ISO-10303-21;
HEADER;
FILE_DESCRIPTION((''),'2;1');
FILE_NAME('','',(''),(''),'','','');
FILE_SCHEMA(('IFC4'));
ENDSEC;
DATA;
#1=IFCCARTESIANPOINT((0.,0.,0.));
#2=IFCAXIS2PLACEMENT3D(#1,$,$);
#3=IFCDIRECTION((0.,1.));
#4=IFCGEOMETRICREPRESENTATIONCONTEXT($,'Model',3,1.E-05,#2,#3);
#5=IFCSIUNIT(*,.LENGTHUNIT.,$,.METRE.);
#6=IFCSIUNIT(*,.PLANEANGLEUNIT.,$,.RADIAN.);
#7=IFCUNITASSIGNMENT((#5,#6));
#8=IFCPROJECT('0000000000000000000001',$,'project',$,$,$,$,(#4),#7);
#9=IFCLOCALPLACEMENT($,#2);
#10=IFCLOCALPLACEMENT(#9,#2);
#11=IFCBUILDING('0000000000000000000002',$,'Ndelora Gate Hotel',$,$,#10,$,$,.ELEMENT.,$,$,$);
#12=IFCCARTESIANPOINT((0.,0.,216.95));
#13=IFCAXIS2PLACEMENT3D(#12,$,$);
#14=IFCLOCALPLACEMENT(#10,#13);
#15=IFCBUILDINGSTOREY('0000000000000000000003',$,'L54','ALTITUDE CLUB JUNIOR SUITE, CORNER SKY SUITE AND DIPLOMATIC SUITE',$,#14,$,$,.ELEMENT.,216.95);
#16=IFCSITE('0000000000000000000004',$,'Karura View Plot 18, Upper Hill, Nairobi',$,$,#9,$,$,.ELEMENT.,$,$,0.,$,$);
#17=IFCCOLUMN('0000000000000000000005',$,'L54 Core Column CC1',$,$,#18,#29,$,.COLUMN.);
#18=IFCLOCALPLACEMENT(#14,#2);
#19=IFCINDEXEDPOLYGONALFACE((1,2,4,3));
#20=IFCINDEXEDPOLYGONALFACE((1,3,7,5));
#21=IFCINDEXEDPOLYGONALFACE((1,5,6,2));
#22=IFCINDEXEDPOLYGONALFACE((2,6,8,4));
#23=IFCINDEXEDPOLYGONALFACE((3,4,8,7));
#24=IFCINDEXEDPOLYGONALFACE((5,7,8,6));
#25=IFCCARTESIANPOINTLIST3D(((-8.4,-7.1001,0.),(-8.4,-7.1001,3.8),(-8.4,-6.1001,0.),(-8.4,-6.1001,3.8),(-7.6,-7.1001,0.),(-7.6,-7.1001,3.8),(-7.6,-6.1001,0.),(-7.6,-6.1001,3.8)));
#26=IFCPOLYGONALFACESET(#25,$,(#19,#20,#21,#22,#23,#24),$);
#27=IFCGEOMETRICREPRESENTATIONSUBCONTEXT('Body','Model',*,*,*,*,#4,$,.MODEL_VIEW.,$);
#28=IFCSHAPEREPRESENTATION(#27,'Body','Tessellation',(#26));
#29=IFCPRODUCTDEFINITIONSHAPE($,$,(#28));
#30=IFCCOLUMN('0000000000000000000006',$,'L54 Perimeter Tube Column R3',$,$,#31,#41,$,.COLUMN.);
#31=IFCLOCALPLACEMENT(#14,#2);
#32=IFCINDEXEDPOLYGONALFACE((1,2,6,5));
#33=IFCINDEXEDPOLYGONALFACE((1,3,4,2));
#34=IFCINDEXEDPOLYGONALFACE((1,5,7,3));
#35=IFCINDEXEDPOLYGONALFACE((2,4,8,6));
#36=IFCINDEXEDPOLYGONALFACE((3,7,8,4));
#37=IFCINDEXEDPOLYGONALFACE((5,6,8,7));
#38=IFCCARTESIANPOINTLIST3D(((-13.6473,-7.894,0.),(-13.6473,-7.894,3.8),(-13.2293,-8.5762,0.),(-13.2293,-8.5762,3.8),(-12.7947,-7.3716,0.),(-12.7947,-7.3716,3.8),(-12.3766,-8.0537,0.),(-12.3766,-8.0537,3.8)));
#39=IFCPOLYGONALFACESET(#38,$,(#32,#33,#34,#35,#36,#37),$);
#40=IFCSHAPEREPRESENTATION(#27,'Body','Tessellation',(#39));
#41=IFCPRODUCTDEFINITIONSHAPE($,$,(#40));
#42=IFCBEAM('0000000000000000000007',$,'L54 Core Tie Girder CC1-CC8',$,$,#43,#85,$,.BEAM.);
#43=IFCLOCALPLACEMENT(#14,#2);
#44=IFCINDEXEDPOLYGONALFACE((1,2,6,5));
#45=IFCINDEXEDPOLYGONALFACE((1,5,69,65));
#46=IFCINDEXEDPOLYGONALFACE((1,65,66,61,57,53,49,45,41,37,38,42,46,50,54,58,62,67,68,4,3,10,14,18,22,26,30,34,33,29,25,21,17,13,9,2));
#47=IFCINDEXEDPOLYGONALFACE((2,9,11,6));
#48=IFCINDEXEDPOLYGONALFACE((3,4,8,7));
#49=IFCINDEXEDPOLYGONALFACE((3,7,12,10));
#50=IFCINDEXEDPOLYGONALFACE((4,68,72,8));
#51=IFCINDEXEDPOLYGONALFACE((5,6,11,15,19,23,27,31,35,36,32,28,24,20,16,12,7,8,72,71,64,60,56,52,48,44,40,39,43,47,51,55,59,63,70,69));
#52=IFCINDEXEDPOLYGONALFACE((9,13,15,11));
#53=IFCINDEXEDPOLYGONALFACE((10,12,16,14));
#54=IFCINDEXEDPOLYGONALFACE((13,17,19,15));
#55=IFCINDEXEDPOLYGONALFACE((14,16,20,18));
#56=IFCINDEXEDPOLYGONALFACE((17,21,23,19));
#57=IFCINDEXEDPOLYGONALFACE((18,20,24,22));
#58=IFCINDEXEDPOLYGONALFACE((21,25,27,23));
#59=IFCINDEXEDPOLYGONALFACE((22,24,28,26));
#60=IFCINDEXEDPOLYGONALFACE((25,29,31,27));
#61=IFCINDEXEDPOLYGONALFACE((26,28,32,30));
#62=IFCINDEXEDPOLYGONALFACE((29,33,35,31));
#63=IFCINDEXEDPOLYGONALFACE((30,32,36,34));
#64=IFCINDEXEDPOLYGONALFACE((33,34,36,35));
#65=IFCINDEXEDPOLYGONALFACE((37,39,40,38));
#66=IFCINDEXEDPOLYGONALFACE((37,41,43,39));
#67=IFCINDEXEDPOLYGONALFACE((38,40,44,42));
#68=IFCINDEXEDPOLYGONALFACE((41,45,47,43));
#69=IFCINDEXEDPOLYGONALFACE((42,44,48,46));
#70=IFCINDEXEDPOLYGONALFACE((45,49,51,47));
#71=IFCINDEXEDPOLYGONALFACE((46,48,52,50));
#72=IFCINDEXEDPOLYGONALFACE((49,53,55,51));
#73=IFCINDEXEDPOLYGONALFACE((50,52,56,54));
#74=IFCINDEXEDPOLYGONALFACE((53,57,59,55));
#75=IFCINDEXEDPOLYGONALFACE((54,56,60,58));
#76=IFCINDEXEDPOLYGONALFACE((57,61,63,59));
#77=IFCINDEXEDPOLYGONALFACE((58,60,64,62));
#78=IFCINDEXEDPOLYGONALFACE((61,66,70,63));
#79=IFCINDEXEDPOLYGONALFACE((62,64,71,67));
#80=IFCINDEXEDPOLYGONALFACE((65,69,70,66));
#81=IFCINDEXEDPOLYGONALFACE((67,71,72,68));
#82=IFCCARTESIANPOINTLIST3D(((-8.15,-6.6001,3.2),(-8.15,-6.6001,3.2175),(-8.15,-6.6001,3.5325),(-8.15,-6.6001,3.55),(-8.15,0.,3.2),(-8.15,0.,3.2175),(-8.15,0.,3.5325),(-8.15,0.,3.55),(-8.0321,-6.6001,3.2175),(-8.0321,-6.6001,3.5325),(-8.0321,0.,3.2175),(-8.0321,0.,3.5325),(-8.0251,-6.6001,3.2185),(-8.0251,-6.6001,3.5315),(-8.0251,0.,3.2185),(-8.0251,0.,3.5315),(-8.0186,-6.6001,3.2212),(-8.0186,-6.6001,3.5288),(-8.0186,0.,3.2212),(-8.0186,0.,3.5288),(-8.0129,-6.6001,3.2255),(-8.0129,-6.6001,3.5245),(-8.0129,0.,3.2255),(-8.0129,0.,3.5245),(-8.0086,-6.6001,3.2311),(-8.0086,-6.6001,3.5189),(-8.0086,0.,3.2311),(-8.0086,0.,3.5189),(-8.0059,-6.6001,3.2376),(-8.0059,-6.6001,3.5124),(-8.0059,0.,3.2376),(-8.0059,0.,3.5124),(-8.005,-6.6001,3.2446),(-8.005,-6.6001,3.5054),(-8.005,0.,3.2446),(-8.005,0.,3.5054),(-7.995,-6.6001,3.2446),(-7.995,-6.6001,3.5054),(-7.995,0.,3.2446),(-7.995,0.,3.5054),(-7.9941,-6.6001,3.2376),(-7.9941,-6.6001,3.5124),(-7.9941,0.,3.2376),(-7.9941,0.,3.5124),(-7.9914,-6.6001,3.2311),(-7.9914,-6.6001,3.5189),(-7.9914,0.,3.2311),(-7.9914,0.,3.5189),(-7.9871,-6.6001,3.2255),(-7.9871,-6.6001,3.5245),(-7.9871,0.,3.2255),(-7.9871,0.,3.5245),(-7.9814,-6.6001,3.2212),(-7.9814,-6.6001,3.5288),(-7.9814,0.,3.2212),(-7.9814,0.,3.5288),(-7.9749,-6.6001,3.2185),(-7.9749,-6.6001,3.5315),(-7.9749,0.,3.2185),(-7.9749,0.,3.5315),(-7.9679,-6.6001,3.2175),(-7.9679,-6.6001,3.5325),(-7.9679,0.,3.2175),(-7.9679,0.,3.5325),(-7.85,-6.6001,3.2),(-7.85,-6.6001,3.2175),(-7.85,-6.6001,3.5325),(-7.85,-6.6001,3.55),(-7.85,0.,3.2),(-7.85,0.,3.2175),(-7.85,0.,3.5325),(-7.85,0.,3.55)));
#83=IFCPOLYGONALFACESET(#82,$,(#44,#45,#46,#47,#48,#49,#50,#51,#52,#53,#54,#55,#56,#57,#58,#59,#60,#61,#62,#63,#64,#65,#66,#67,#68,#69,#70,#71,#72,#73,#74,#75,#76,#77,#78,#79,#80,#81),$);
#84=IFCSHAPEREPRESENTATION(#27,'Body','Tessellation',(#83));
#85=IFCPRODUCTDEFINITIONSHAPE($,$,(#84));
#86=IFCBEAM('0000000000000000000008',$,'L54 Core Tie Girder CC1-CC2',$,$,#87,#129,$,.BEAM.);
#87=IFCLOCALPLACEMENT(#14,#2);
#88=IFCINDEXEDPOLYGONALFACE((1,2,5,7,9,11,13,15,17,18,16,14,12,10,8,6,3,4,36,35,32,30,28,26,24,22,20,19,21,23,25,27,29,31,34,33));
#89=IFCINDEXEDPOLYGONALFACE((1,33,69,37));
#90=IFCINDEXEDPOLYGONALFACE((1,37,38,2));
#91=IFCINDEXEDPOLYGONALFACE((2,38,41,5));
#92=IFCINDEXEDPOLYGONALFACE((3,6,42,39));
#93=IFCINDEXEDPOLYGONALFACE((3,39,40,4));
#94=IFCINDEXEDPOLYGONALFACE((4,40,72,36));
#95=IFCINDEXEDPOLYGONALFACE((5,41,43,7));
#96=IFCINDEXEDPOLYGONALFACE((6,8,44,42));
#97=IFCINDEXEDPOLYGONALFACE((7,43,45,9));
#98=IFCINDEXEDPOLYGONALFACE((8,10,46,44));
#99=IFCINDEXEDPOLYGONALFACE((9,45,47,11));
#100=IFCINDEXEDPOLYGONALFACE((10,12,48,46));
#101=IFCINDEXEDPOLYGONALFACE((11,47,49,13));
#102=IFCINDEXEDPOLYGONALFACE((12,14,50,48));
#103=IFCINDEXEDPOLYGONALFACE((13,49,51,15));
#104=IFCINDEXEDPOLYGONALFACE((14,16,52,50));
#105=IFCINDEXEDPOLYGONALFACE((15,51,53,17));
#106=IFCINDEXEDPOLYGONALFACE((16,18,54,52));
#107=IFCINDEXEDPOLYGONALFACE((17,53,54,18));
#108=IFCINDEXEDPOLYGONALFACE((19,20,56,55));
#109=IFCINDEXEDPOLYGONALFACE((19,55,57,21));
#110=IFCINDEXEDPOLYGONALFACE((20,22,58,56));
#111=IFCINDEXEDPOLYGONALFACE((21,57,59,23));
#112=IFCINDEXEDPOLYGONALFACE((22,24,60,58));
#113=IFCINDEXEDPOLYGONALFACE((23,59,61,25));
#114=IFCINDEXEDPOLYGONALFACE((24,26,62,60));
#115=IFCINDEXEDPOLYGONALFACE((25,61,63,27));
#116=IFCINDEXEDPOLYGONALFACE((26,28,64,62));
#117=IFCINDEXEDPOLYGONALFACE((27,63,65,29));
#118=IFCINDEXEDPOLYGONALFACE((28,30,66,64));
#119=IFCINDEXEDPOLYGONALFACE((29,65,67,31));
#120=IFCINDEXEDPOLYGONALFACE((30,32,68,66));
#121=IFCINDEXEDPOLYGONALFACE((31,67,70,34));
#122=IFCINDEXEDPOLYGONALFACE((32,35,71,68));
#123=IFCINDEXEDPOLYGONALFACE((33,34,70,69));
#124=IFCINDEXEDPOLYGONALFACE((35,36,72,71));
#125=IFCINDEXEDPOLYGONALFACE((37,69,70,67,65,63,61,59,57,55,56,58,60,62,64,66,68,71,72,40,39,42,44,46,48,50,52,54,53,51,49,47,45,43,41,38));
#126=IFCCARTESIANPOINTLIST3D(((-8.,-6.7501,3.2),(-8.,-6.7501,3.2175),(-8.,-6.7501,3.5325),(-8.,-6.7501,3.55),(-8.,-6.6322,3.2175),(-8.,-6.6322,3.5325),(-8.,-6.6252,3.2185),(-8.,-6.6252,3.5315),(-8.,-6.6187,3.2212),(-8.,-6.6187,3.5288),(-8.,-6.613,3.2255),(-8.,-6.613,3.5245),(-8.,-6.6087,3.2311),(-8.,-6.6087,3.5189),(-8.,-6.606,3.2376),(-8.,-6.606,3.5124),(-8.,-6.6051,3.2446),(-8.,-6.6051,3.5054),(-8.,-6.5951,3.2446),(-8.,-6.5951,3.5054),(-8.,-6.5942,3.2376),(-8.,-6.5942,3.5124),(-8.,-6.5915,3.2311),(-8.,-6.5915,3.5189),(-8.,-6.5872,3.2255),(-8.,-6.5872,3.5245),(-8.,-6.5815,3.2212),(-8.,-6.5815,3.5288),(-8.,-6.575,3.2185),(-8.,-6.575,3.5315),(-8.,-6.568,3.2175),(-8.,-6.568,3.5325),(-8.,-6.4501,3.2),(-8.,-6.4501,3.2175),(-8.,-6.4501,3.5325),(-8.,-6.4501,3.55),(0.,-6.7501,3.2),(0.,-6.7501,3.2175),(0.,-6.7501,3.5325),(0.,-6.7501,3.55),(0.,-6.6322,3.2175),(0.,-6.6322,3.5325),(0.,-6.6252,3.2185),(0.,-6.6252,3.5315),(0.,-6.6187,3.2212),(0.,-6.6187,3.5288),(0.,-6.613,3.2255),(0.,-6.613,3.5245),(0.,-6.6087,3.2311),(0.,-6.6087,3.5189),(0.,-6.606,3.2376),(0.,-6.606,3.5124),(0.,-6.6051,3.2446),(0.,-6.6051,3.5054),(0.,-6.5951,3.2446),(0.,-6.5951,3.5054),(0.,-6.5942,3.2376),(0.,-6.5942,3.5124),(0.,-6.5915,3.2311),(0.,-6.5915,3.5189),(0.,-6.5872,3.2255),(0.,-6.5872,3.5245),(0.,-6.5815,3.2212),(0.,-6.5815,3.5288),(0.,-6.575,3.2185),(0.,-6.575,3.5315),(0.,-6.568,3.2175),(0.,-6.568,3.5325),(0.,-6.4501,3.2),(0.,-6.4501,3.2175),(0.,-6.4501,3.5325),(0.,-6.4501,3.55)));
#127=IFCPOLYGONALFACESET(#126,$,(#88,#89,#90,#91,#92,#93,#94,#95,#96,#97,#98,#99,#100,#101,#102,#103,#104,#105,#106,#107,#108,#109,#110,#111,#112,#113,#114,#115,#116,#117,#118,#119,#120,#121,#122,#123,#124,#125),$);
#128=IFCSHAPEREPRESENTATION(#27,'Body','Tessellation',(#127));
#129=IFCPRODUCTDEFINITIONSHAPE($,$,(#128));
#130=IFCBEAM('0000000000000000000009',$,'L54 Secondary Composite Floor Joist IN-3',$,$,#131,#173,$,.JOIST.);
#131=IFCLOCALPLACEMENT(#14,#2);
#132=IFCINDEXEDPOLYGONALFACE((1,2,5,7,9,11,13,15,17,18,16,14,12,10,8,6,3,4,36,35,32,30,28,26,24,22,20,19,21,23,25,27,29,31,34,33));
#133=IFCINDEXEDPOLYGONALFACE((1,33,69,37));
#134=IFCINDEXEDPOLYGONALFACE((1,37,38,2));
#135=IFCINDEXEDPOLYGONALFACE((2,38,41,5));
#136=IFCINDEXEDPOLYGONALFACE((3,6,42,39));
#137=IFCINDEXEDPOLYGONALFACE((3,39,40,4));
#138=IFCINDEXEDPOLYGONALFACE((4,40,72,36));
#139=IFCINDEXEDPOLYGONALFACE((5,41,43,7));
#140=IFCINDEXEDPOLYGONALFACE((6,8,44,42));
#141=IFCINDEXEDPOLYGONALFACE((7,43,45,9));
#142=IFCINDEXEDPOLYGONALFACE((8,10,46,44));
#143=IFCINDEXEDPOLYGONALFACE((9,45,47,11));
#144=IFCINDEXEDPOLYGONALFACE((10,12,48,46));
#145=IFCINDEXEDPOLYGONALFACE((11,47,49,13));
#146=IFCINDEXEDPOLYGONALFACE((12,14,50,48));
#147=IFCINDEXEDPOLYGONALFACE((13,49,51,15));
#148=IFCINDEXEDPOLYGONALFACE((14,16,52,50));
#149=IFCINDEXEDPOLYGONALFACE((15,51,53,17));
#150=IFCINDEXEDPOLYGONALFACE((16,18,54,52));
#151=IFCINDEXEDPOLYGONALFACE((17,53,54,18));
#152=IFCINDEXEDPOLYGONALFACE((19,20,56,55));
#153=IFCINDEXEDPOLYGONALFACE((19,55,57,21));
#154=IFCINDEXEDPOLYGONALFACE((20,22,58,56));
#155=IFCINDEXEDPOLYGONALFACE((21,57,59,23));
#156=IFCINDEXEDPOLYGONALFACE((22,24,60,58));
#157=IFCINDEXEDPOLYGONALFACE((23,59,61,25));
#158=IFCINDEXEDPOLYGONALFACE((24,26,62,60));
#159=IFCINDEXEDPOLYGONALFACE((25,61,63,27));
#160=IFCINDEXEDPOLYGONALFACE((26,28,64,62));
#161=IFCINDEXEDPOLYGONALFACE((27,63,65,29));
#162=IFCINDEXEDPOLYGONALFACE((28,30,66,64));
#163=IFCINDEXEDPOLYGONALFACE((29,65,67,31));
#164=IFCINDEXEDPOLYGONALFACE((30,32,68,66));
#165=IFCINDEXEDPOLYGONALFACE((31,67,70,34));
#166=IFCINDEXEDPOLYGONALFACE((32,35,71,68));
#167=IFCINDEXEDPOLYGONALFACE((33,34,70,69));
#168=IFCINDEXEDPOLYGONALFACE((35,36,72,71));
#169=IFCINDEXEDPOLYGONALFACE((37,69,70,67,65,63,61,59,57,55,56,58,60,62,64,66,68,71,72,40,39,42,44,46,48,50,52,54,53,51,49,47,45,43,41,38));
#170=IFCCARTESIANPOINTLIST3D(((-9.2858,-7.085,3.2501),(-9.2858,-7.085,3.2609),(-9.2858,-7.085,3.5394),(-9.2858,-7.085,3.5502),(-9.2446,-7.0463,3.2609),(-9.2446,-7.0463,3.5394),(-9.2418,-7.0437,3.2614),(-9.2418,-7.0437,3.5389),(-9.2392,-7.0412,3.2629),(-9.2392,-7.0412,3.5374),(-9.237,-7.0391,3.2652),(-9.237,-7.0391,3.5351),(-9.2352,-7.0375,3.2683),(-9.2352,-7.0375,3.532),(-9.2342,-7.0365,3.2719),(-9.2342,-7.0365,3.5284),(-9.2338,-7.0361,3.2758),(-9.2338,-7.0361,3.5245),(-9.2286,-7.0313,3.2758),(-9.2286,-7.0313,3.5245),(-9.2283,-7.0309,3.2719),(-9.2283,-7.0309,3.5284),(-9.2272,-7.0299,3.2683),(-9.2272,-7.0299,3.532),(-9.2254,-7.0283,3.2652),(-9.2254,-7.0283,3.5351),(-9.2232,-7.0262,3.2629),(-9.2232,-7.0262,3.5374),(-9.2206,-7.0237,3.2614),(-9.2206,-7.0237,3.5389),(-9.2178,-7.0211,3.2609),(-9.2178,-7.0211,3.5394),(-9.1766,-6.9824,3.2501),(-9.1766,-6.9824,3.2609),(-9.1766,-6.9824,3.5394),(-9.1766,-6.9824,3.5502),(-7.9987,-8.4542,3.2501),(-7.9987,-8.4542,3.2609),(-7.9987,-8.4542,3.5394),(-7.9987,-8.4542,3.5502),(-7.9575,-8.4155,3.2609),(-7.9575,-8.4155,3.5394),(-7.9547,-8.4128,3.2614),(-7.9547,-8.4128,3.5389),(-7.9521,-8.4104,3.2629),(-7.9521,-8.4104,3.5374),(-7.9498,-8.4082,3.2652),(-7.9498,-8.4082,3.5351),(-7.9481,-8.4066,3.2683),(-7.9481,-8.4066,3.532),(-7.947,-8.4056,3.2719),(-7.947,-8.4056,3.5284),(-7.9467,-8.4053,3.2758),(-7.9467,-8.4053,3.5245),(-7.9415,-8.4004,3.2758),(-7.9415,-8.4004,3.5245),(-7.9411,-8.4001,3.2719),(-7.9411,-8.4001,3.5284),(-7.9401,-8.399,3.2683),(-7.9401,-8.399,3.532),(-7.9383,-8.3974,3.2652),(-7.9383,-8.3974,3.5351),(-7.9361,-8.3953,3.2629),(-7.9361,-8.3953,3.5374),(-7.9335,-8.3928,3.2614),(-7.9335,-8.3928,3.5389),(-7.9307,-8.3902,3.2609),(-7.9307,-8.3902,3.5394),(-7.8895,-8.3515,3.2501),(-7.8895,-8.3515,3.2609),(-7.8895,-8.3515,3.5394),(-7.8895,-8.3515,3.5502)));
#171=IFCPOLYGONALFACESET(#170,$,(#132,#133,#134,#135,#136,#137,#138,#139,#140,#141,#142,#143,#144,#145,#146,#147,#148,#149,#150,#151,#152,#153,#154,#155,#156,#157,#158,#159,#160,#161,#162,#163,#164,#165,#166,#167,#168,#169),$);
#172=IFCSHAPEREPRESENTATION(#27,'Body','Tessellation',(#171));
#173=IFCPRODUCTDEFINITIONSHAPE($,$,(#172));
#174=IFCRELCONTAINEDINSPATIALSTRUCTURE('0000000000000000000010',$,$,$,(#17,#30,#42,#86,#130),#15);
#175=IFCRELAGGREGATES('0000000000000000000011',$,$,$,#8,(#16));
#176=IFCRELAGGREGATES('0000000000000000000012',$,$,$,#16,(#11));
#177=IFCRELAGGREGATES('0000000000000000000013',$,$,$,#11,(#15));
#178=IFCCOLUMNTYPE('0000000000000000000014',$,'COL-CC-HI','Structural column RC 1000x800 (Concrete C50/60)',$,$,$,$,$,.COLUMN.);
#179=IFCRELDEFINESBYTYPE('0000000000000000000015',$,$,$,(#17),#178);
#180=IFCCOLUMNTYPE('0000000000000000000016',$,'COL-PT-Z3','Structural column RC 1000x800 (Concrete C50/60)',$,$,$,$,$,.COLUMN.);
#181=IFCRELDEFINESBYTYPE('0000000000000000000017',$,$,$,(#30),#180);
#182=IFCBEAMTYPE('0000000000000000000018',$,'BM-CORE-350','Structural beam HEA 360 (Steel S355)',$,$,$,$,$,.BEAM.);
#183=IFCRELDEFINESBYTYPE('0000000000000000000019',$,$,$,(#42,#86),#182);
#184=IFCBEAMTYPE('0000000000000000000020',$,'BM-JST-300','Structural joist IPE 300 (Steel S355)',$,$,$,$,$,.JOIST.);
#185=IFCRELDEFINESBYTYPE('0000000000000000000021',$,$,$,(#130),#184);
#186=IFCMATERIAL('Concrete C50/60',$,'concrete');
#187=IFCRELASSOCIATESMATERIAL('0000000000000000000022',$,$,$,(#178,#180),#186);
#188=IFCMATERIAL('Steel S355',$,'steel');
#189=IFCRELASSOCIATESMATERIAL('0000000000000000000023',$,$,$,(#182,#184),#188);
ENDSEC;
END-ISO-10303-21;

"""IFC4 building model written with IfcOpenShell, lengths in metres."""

from ifc_helpers import new_model, si_unit, direction, frame, origin, origin_2d, place, context, subcontext, project, spatial, rectangle, i_section, extrude, material, material_profile, profile_set, type_object, element, save


model = new_model("IFC4")

# Units and contexts
model_context = context("Model", 3, precision=1e-05, world=origin(), true_north=direction((0.0, 1.0)))
body_context = subcontext(model_context, "Body", "Model", "MODEL_VIEW")
ifc_project = project(units=[si_unit("LENGTHUNIT", "METRE"), si_unit("PLANEANGLEUNIT", "RADIAN")], contexts=[model_context])

# Site, building, storey
site_placement = place(None, origin())
site = spatial("IfcSite", under=ifc_project, at=site_placement, Name="Karura View Plot 18, Upper Hill, Nairobi", CompositionType="ELEMENT", RefElevation=0.0)
building_placement = place(site_placement, origin())
building = spatial("IfcBuilding", under=site, at=building_placement, Name="Ndelora Gate Hotel", CompositionType="ELEMENT")
storey_placement = place(building_placement, frame((0.0, 0.0, 216.95)))
storey = spatial("IfcBuildingStorey", under=building, at=storey_placement, Name="L54", Description="ALTITUDE CLUB JUNIOR SUITE, CORNER SKY SUITE AND DIPLOMATIC SUITE", CompositionType="ELEMENT", Elevation=216.95)

# Columns
ifc_material_1 = material(Name="Concrete C50/60", Category="concrete")
ifc_material_profile_1 = material_profile(ifc_material_1, rectangle(XDim=0.8, YDim=1.0, at=origin_2d()), Name="RC 1000x800")
ifc_profile_set_1 = profile_set([ifc_material_profile_1], Name="Concrete C50/60")
column_type_1 = type_object("IfcColumnType", Name="COL-CC-HI", Description="Structural column RC 1000x800 (Concrete C50/60)", PredefinedType="COLUMN", material=ifc_profile_set_1)
column_1_placement = place(storey_placement, frame((-8.0, -6.6001, 0.0), z_axis=(0.0, 0.0, 1.0), x_axis=(1.0, 0.0, 0.0)))
element("IfcColumn", 1, at=column_1_placement, inside=storey, type_object=column_type_1, Name="L54 Core Column CC1", PredefinedType="COLUMN", context=body_context, shape_type="SweptSolid", body=[
    extrude(rectangle(XDim=0.8, YDim=1.0, at=origin_2d()), origin(), (0.0, 0.0, 1.0), 3.8),
])
ifc_material_profile_2 = material_profile(ifc_material_1, rectangle(XDim=0.8, YDim=1.0, at=origin_2d()), Name="RC 1000x800")
ifc_profile_set_2 = profile_set([ifc_material_profile_2], Name="Concrete C50/60")
column_type_2 = type_object("IfcColumnType", Name="COL-PT-Z3", Description="Structural column RC 1000x800 (Concrete C50/60)", PredefinedType="COLUMN", material=ifc_profile_set_2)
column_2_placement = place(storey_placement, frame((-13.012, -7.9739, 0.0), z_axis=(0.0, 0.0, 1.0), x_axis=(-0.522499, 0.85264, 0.0)))
element("IfcColumn", 2, at=column_2_placement, inside=storey, type_object=column_type_2, Name="L54 Perimeter Tube Column R3", PredefinedType="COLUMN", context=body_context, shape_type="SweptSolid", body=[
    extrude(rectangle(XDim=0.8, YDim=1.0, at=origin_2d()), origin(), (0.0, 0.0, 1.0), 3.8),
])

# Beams
ifc_material_2 = material(Name="Steel S355", Category="steel")
ifc_material_profile_3 = material_profile(ifc_material_2, i_section(OverallWidth=0.3, OverallDepth=0.3501, WebThickness=0.01, FlangeThickness=0.0176, FilletRadius=0.0271, at=origin_2d()), Name="HEA 360")
ifc_profile_set_3 = profile_set([ifc_material_profile_3], Name="Steel S355")
beam_type_1 = type_object("IfcBeamType", Name="BM-CORE-350", Description="Structural beam HEA 360 (Steel S355)", PredefinedType="BEAM", material=ifc_profile_set_3)
beam_1_placement = place(storey_placement, frame((-8.0, -6.6001, 3.375), z_axis=(0.0, 1.0, 0.0), x_axis=(-1.0, 0.0, 0.0)))
element("IfcBeam", 3, at=beam_1_placement, inside=storey, type_object=beam_type_1, Name="L54 Core Tie Girder CC1-CC8", PredefinedType="BEAM", context=body_context, shape_type="SweptSolid", body=[
    extrude(i_section(OverallWidth=0.3, OverallDepth=0.3501, WebThickness=0.01, FlangeThickness=0.0176, FilletRadius=0.0271, at=origin_2d()), origin(), (0.0, 0.0, 1.0), 6.6001),
])
beam_2_placement = place(storey_placement, frame((-8.0, -6.6001, 3.375), z_axis=(1.0, 0.0, 0.0), x_axis=(0.0, 1.0, 0.0)))
element("IfcBeam", 4, at=beam_2_placement, inside=storey, type_object=beam_type_1, Name="L54 Core Tie Girder CC1-CC2", PredefinedType="BEAM", context=body_context, shape_type="SweptSolid", body=[
    extrude(i_section(OverallWidth=0.3, OverallDepth=0.3501, WebThickness=0.01, FlangeThickness=0.0176, FilletRadius=0.0271, at=origin_2d()), origin(), (0.0, 0.0, 1.0), 8.0),
])
ifc_material_profile_4 = material_profile(ifc_material_2, i_section(OverallWidth=0.1499, OverallDepth=0.3, WebThickness=0.0071, FlangeThickness=0.0107, FilletRadius=0.0149, at=origin_2d()), Name="IPE 300")
ifc_profile_set_4 = profile_set([ifc_material_profile_4], Name="Steel S355")
beam_type_2 = type_object("IfcBeamType", Name="BM-JST-300", Description="Structural joist IPE 300 (Steel S355)", PredefinedType="JOIST", material=ifc_profile_set_4)
beam_3_placement = place(storey_placement, frame((-9.2312, -7.0337, 3.4001), z_axis=(0.684943, -0.728597, 0.0), x_axis=(0.728597, 0.684943, 0.0)))
element("IfcBeam", 5, at=beam_3_placement, inside=storey, type_object=beam_type_2, Name="L54 Secondary Composite Floor Joist IN-3", PredefinedType="JOIST", context=body_context, shape_type="SweptSolid", body=[
    extrude(i_section(OverallWidth=0.1499, OverallDepth=0.3, WebThickness=0.0071, FlangeThickness=0.0107, FilletRadius=0.0149, at=origin_2d()), origin(), (0.0, 0.0, 1.0), 1.8792),
])

save(model, "model.ifc")
